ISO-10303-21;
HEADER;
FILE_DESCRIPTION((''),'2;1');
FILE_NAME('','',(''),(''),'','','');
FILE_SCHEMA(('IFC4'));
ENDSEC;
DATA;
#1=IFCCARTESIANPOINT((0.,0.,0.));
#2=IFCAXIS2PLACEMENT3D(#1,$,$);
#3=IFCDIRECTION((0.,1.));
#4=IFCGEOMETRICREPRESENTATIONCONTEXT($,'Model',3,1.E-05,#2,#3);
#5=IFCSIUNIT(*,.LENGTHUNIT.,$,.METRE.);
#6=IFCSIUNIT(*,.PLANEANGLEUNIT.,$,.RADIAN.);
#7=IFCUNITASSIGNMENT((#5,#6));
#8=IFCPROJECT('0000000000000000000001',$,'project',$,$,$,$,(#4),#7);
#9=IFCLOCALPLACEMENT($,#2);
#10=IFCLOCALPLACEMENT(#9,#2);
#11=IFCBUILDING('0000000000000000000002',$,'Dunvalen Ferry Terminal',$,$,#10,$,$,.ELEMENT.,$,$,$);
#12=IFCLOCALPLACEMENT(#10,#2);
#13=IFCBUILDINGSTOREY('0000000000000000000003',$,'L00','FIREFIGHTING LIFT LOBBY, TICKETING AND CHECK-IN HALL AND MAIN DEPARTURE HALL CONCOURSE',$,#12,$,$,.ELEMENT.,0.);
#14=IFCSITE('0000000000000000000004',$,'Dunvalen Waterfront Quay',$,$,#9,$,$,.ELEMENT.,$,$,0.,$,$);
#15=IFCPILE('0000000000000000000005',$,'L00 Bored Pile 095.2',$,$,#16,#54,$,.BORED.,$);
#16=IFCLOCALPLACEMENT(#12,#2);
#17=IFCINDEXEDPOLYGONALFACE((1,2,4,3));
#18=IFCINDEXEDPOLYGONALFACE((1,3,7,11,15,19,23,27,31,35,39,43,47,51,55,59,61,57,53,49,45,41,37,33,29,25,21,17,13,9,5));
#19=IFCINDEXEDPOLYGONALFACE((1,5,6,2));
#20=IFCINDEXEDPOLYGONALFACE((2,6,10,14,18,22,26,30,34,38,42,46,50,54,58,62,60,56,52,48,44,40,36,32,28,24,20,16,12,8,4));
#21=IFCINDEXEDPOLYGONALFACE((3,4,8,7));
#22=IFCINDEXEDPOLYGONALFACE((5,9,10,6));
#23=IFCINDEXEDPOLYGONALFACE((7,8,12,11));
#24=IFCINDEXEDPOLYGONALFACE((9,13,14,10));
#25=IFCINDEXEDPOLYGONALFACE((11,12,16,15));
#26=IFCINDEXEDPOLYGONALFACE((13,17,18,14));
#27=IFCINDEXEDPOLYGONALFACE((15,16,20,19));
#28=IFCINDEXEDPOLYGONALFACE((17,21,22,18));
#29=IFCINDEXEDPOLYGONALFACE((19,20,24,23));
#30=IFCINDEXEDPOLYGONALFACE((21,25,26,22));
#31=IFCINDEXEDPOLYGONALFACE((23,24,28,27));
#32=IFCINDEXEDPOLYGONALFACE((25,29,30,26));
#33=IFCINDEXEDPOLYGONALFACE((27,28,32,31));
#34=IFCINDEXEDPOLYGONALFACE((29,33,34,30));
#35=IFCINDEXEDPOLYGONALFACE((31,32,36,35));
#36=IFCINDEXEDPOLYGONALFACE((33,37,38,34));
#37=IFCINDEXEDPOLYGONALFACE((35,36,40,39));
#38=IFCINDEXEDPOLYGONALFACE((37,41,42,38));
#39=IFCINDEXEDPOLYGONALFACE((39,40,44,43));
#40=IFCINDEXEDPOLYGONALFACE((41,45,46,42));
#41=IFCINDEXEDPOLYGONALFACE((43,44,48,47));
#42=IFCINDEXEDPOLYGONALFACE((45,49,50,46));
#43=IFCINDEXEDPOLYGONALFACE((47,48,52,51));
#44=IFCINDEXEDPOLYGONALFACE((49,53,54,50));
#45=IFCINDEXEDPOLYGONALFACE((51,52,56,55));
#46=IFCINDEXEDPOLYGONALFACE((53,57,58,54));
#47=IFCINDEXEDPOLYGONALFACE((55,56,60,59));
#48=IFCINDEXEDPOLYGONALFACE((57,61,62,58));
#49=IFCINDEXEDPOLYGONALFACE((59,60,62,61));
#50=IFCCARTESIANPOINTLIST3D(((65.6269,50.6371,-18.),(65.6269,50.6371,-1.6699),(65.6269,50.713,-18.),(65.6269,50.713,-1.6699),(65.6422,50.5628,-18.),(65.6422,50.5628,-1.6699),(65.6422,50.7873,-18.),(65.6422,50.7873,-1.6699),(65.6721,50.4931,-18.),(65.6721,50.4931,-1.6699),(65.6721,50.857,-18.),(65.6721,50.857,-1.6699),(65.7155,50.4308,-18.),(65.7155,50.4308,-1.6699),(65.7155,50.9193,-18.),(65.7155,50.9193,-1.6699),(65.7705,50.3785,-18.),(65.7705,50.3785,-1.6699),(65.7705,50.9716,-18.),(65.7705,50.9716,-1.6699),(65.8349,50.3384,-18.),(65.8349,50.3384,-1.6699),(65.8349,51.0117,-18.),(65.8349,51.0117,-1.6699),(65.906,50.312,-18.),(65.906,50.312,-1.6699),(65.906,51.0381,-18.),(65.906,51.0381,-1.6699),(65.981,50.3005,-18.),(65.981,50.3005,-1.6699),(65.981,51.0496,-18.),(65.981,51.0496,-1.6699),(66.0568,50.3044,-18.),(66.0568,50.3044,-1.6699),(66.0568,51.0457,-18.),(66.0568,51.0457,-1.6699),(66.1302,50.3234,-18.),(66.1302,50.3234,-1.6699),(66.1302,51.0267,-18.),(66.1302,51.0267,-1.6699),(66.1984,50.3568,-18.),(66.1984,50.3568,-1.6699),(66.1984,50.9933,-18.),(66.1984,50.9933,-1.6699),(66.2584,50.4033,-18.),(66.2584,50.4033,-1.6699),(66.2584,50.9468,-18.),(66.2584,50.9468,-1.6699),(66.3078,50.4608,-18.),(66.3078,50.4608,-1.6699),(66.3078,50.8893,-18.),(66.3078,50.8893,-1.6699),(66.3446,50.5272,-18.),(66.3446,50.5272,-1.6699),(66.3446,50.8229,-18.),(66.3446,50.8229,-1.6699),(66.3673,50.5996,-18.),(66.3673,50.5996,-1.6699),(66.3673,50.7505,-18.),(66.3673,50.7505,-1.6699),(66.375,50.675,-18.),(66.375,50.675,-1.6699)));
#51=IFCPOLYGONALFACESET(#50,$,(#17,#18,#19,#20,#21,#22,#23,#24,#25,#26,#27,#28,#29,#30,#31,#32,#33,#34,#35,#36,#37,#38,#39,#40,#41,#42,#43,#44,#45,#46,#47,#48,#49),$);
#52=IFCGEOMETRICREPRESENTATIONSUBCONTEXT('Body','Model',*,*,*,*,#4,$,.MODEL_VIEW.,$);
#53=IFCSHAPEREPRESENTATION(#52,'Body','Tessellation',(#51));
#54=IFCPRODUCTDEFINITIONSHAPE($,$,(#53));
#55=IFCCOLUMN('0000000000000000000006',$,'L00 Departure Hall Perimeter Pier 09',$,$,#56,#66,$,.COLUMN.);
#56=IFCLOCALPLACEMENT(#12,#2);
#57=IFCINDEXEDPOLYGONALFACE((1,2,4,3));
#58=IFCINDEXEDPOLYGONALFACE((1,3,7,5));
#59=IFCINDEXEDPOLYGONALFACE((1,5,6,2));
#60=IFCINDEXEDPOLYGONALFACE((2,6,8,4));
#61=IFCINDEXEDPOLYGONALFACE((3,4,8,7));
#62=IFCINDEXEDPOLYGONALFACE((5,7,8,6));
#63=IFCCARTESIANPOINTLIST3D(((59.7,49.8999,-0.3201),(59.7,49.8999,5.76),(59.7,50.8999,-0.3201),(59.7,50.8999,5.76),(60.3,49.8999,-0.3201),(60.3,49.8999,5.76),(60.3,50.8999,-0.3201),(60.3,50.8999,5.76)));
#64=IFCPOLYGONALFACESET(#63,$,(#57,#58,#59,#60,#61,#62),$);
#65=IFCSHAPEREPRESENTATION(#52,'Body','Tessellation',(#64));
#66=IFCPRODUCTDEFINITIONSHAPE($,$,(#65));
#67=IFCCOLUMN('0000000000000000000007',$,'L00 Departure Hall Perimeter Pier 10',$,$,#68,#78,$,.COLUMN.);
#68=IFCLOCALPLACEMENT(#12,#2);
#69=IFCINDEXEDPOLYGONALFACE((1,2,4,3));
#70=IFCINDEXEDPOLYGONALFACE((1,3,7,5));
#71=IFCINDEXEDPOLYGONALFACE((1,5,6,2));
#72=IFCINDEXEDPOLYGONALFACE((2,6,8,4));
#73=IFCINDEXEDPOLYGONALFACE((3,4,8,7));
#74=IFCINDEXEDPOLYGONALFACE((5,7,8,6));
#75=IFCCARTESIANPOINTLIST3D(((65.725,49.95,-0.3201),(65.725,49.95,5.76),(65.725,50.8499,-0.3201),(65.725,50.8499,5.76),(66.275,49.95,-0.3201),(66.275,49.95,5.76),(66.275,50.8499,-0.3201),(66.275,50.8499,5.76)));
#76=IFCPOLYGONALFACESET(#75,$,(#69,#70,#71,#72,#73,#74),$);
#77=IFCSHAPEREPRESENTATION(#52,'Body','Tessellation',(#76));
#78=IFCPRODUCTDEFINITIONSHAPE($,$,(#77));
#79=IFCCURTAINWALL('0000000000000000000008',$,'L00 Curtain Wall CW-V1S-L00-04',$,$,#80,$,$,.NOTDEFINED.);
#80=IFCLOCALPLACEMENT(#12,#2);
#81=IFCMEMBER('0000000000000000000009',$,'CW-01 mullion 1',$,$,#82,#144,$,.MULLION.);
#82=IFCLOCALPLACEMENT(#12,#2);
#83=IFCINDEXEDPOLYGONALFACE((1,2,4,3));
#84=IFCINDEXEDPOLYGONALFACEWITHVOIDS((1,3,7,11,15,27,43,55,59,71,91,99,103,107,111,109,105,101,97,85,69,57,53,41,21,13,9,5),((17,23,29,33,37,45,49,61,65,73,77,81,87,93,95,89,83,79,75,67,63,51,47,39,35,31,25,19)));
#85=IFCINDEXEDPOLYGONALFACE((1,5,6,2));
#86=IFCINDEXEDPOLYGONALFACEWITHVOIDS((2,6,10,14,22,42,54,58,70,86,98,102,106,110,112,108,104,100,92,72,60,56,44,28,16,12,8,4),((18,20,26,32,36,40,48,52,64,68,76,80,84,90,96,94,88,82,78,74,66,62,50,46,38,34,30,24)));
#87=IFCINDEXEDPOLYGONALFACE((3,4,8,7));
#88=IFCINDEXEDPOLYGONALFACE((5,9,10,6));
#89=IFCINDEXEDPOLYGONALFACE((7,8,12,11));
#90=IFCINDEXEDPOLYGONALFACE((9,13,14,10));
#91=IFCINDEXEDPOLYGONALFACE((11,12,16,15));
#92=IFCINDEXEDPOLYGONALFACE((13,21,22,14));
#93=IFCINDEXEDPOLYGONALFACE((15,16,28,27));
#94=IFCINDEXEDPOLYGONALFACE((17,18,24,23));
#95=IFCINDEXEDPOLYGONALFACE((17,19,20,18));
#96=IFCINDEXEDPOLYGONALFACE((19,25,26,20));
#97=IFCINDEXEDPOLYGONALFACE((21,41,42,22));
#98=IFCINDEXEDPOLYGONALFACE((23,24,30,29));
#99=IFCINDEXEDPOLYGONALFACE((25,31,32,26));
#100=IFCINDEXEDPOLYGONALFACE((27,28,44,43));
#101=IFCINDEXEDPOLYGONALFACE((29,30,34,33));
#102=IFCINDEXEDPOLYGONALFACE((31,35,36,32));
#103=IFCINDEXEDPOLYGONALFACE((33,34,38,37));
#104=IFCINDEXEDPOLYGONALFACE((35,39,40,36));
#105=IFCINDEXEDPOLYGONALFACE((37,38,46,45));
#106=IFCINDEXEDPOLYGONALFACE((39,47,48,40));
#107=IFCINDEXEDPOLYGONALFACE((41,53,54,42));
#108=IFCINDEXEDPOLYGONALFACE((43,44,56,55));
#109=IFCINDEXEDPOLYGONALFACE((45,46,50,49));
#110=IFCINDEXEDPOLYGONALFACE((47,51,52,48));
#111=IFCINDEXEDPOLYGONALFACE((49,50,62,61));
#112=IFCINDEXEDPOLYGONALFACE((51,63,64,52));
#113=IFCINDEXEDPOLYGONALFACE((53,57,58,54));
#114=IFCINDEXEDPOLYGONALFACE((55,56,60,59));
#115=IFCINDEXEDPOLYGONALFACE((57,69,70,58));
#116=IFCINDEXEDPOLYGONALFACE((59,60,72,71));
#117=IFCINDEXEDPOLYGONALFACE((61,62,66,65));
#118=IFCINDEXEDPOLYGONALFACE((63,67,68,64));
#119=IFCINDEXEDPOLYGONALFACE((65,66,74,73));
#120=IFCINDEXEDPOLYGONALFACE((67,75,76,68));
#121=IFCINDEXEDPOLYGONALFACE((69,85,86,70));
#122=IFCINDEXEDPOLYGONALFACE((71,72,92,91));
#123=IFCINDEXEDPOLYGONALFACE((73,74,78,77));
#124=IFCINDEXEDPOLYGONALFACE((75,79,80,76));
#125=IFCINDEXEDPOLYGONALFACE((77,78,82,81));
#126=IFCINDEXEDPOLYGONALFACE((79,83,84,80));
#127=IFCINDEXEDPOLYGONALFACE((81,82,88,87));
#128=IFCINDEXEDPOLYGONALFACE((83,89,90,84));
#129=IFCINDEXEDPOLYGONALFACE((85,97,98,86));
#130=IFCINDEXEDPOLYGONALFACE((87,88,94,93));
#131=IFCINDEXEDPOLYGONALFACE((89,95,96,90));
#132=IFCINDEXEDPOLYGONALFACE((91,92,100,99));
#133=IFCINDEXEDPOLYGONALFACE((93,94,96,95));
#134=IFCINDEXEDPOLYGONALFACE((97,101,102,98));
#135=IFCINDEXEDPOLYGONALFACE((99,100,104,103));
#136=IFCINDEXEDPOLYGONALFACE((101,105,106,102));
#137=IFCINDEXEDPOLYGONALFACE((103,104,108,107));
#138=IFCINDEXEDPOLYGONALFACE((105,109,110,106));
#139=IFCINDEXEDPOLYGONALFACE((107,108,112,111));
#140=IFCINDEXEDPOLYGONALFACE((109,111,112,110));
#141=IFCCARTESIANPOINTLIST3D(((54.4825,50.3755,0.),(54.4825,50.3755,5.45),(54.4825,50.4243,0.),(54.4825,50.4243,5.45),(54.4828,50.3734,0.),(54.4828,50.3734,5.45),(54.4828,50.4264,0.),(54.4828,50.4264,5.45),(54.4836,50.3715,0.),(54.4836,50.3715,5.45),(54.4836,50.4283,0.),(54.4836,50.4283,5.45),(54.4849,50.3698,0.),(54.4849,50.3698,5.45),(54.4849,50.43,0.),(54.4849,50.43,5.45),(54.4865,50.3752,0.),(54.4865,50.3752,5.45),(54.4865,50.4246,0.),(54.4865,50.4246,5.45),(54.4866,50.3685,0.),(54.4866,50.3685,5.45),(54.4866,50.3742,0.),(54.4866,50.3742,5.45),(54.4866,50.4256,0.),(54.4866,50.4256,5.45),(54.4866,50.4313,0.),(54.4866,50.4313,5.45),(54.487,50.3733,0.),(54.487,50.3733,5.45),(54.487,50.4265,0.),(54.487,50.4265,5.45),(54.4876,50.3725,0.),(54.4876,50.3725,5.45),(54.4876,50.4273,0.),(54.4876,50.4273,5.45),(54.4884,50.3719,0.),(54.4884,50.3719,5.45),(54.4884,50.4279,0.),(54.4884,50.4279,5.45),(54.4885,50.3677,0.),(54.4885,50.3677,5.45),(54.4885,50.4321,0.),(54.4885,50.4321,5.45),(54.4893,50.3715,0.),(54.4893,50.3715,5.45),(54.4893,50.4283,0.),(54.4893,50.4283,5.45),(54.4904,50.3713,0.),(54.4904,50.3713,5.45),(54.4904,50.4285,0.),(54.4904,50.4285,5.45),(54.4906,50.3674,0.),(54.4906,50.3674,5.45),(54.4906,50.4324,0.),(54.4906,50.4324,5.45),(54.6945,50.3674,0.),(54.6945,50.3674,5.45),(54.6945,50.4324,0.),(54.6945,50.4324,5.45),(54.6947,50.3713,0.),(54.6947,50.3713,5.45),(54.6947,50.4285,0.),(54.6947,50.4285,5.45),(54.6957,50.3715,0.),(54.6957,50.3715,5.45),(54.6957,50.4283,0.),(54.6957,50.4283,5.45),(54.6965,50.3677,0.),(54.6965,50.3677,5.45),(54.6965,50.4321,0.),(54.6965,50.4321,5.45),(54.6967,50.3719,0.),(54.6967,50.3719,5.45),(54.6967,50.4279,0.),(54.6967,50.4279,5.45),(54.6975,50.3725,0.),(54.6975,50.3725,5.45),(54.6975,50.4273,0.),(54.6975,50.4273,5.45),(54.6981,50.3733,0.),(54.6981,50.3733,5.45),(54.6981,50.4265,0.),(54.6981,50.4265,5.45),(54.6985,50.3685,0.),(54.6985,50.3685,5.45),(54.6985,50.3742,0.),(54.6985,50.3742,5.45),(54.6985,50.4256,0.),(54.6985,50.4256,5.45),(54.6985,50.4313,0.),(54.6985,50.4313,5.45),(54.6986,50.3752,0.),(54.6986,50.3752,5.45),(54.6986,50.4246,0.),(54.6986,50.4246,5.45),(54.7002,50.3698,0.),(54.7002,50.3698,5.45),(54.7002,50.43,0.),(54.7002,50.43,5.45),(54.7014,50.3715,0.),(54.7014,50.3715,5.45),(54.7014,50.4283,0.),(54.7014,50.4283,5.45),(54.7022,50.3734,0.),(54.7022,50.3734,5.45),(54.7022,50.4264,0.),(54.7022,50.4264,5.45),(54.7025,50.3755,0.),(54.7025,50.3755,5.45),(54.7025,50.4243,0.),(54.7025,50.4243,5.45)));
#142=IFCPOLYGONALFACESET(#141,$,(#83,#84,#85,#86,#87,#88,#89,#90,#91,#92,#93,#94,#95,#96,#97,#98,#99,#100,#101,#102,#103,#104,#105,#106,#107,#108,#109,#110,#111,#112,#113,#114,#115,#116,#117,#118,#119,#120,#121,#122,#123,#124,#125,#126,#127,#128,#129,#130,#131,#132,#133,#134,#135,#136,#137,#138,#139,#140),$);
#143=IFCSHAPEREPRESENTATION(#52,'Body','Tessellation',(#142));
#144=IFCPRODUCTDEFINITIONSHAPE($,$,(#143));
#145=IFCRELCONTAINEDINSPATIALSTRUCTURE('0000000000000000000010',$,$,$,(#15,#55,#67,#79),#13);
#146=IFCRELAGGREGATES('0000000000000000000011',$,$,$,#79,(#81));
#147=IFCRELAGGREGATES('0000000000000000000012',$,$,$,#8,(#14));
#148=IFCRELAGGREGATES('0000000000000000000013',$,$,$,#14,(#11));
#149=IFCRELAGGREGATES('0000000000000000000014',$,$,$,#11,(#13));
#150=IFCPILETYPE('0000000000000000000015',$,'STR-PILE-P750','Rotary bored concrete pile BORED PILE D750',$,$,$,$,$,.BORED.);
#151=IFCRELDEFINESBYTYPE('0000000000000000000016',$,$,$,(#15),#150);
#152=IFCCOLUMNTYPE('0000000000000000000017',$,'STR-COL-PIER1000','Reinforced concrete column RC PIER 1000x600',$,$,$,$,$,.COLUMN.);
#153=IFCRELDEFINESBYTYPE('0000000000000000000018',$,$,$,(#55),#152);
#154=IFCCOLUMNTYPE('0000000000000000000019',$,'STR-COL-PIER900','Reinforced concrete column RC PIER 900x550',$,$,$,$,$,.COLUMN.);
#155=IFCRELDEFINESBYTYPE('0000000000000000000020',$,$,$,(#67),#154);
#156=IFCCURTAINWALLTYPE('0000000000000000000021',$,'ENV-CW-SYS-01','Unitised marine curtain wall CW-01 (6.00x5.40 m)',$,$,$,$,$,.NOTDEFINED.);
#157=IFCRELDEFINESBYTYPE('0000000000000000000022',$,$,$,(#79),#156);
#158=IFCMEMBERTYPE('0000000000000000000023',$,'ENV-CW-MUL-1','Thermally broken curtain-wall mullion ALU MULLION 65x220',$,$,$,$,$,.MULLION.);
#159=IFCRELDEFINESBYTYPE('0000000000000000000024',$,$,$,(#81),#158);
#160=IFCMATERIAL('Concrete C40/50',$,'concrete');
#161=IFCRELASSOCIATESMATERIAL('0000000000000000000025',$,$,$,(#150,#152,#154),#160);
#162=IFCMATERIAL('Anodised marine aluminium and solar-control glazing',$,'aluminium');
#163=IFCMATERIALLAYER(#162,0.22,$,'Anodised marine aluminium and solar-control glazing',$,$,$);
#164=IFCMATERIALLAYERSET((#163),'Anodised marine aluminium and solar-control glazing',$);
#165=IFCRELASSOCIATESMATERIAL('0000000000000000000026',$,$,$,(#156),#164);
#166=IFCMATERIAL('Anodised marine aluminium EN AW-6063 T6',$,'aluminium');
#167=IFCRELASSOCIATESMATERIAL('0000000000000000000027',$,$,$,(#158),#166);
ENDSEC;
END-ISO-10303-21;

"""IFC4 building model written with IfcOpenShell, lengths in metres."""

from ifc_helpers import new_model, si_unit, direction, frame, origin, origin_2d, place, context, subcontext, project, spatial, rectangle, hollow_rectangle, circle, extrude, material, layer, layer_set, material_profile, profile_set, type_object, element, aggregate, save


model = new_model("IFC4")

# Units and contexts
model_context = context("Model", 3, precision=1e-05, world=origin(), true_north=direction((0.0, 1.0)))
body_context = subcontext(model_context, "Body", "Model", "MODEL_VIEW")
ifc_project = project(units=[si_unit("LENGTHUNIT", "METRE"), si_unit("PLANEANGLEUNIT", "RADIAN")], contexts=[model_context])

# Site, building, storey
site_placement = place(None, origin())
site = spatial("IfcSite", under=ifc_project, at=site_placement, Name="Dunvalen Waterfront Quay", CompositionType="ELEMENT", RefElevation=0.0)
building_placement = place(site_placement, origin())
building = spatial("IfcBuilding", under=site, at=building_placement, Name="Dunvalen Ferry Terminal", CompositionType="ELEMENT")
storey_placement = place(building_placement, origin())
storey = spatial("IfcBuildingStorey", under=building, at=storey_placement, Name="L00", Description="FIREFIGHTING LIFT LOBBY, TICKETING AND CHECK-IN HALL AND MAIN DEPARTURE HALL CONCOURSE", CompositionType="ELEMENT", Elevation=0.0)

# Shared definitions
ifc_material_1 = material(Name="Concrete C40/50", Category="concrete")

# Pile
ifc_material_profile_1 = material_profile(ifc_material_1, circle(Radius=0.375, at=origin_2d()), Name="Concrete C40/50")
ifc_profile_set_1 = profile_set([ifc_material_profile_1], Name="Concrete C40/50")
pile_type = type_object("IfcPileType", Name="STR-PILE-P750", Description="Rotary bored concrete pile BORED PILE D750", PredefinedType="BORED", material=ifc_profile_set_1)
for number, where, z_axis, x_axis, name in (
    (1, (66.0, 50.675, -1.6699), (0.0, 0.0, -1.0), (1.0, 0.0, 0.0), "L00 Bored Pile 095.2"),
):
    element("IfcPile", number, at=place(storey_placement, frame(where, z_axis=z_axis, x_axis=x_axis)), inside=storey, type_object=pile_type, Name=name, PredefinedType="BORED", context=body_context, shape_type="SweptSolid", body=[
        extrude(circle(Radius=0.375, at=origin_2d()), origin(), (0.0, 0.0, 1.0), 16.3301),
    ])

# Columns
ifc_material_profile_2 = material_profile(ifc_material_1, rectangle(XDim=0.6001, YDim=1.0, at=origin_2d()), Name="Concrete C40/50")
ifc_profile_set_2 = profile_set([ifc_material_profile_2], Name="Concrete C40/50")
column_type_1 = type_object("IfcColumnType", Name="STR-COL-PIER1000", Description="Reinforced concrete column RC PIER 1000x600", PredefinedType="COLUMN", material=ifc_profile_set_2)
column_1_placement = place(storey_placement, frame((60.0, 50.3999, -0.3201), z_axis=(0.0, 0.0, 1.0), x_axis=(1.0, 0.0, 0.0)))
element("IfcColumn", 2, at=column_1_placement, inside=storey, type_object=column_type_1, Name="L00 Departure Hall Perimeter Pier 09", PredefinedType="COLUMN", context=body_context, shape_type="SweptSolid", body=[
    extrude(rectangle(XDim=0.6001, YDim=1.0, at=origin_2d()), origin(), (0.0, 0.0, 1.0), 6.0801),
])
ifc_material_profile_3 = material_profile(ifc_material_1, rectangle(XDim=0.55, YDim=0.8999, at=origin_2d()), Name="Concrete C40/50")
ifc_profile_set_3 = profile_set([ifc_material_profile_3], Name="Concrete C40/50")
column_type_2 = type_object("IfcColumnType", Name="STR-COL-PIER900", Description="Reinforced concrete column RC PIER 900x550", PredefinedType="COLUMN", material=ifc_profile_set_3)
column_2_placement = place(storey_placement, frame((66.0, 50.3999, -0.3201), z_axis=(0.0, 0.0, 1.0), x_axis=(1.0, 0.0, 0.0)))
element("IfcColumn", 3, at=column_2_placement, inside=storey, type_object=column_type_2, Name="L00 Departure Hall Perimeter Pier 10", PredefinedType="COLUMN", context=body_context, shape_type="SweptSolid", body=[
    extrude(rectangle(XDim=0.55, YDim=0.8999, at=origin_2d()), origin(), (0.0, 0.0, 1.0), 6.0801),
])

# Curtain wall, member
ifc_material_2 = material(Name="Anodised marine aluminium and solar-control glazing", Category="aluminium")
ifc_layer_1 = layer(ifc_material_2, 0.22, Name="Anodised marine aluminium and solar-control glazing")
ifc_layer_set_1 = layer_set([ifc_layer_1], Name="Anodised marine aluminium and solar-control glazing")
curtain_wall_type = type_object("IfcCurtainWallType", Name="ENV-CW-SYS-01", Description="Unitised marine curtain wall CW-01 (6.00x5.40 m)", PredefinedType="NOTDEFINED", material=ifc_layer_set_1)
curtain_wall_placement = place(storey_placement, origin())
curtain_wall = element("IfcCurtainWall", 4, at=curtain_wall_placement, inside=storey, type_object=curtain_wall_type, Name="L00 Curtain Wall CW-V1S-L00-04", PredefinedType="NOTDEFINED")
ifc_material_3 = material(Name="Anodised marine aluminium EN AW-6063 T6", Category="aluminium")
ifc_material_profile_4 = material_profile(ifc_material_3, hollow_rectangle(XDim=0.0649, YDim=0.22, WallThickness=0.0039, InnerFilletRadius=0.0039, OuterFilletRadius=0.0081, at=origin_2d()), Name="Anodised marine aluminium EN AW-6063 T6")
ifc_profile_set_4 = profile_set([ifc_material_profile_4], Name="Anodised marine aluminium EN AW-6063 T6")
member_type_1 = type_object("IfcMemberType", Name="ENV-CW-MUL-1", Description="Thermally broken curtain-wall mullion ALU MULLION 65x220", PredefinedType="MULLION", material=ifc_profile_set_4)
member_1_placement = place(storey_placement, frame((54.5925, 50.3999, 0.0), z_axis=(0.0, 0.0, 1.0), x_axis=(0.0, 1.0, 0.0)))
member_1 = element("IfcMember", 5, at=member_1_placement, type_object=member_type_1, Name="CW-01 mullion 1", PredefinedType="MULLION", context=body_context, shape_type="SweptSolid", body=[
    extrude(hollow_rectangle(XDim=0.0649, YDim=0.22, WallThickness=0.0039, InnerFilletRadius=0.0039, OuterFilletRadius=0.0081, at=origin_2d()), origin(), (0.0, 0.0, 1.0), 5.45),
])
aggregate(curtain_wall, [member_1])

save(model, "model.ifc")
